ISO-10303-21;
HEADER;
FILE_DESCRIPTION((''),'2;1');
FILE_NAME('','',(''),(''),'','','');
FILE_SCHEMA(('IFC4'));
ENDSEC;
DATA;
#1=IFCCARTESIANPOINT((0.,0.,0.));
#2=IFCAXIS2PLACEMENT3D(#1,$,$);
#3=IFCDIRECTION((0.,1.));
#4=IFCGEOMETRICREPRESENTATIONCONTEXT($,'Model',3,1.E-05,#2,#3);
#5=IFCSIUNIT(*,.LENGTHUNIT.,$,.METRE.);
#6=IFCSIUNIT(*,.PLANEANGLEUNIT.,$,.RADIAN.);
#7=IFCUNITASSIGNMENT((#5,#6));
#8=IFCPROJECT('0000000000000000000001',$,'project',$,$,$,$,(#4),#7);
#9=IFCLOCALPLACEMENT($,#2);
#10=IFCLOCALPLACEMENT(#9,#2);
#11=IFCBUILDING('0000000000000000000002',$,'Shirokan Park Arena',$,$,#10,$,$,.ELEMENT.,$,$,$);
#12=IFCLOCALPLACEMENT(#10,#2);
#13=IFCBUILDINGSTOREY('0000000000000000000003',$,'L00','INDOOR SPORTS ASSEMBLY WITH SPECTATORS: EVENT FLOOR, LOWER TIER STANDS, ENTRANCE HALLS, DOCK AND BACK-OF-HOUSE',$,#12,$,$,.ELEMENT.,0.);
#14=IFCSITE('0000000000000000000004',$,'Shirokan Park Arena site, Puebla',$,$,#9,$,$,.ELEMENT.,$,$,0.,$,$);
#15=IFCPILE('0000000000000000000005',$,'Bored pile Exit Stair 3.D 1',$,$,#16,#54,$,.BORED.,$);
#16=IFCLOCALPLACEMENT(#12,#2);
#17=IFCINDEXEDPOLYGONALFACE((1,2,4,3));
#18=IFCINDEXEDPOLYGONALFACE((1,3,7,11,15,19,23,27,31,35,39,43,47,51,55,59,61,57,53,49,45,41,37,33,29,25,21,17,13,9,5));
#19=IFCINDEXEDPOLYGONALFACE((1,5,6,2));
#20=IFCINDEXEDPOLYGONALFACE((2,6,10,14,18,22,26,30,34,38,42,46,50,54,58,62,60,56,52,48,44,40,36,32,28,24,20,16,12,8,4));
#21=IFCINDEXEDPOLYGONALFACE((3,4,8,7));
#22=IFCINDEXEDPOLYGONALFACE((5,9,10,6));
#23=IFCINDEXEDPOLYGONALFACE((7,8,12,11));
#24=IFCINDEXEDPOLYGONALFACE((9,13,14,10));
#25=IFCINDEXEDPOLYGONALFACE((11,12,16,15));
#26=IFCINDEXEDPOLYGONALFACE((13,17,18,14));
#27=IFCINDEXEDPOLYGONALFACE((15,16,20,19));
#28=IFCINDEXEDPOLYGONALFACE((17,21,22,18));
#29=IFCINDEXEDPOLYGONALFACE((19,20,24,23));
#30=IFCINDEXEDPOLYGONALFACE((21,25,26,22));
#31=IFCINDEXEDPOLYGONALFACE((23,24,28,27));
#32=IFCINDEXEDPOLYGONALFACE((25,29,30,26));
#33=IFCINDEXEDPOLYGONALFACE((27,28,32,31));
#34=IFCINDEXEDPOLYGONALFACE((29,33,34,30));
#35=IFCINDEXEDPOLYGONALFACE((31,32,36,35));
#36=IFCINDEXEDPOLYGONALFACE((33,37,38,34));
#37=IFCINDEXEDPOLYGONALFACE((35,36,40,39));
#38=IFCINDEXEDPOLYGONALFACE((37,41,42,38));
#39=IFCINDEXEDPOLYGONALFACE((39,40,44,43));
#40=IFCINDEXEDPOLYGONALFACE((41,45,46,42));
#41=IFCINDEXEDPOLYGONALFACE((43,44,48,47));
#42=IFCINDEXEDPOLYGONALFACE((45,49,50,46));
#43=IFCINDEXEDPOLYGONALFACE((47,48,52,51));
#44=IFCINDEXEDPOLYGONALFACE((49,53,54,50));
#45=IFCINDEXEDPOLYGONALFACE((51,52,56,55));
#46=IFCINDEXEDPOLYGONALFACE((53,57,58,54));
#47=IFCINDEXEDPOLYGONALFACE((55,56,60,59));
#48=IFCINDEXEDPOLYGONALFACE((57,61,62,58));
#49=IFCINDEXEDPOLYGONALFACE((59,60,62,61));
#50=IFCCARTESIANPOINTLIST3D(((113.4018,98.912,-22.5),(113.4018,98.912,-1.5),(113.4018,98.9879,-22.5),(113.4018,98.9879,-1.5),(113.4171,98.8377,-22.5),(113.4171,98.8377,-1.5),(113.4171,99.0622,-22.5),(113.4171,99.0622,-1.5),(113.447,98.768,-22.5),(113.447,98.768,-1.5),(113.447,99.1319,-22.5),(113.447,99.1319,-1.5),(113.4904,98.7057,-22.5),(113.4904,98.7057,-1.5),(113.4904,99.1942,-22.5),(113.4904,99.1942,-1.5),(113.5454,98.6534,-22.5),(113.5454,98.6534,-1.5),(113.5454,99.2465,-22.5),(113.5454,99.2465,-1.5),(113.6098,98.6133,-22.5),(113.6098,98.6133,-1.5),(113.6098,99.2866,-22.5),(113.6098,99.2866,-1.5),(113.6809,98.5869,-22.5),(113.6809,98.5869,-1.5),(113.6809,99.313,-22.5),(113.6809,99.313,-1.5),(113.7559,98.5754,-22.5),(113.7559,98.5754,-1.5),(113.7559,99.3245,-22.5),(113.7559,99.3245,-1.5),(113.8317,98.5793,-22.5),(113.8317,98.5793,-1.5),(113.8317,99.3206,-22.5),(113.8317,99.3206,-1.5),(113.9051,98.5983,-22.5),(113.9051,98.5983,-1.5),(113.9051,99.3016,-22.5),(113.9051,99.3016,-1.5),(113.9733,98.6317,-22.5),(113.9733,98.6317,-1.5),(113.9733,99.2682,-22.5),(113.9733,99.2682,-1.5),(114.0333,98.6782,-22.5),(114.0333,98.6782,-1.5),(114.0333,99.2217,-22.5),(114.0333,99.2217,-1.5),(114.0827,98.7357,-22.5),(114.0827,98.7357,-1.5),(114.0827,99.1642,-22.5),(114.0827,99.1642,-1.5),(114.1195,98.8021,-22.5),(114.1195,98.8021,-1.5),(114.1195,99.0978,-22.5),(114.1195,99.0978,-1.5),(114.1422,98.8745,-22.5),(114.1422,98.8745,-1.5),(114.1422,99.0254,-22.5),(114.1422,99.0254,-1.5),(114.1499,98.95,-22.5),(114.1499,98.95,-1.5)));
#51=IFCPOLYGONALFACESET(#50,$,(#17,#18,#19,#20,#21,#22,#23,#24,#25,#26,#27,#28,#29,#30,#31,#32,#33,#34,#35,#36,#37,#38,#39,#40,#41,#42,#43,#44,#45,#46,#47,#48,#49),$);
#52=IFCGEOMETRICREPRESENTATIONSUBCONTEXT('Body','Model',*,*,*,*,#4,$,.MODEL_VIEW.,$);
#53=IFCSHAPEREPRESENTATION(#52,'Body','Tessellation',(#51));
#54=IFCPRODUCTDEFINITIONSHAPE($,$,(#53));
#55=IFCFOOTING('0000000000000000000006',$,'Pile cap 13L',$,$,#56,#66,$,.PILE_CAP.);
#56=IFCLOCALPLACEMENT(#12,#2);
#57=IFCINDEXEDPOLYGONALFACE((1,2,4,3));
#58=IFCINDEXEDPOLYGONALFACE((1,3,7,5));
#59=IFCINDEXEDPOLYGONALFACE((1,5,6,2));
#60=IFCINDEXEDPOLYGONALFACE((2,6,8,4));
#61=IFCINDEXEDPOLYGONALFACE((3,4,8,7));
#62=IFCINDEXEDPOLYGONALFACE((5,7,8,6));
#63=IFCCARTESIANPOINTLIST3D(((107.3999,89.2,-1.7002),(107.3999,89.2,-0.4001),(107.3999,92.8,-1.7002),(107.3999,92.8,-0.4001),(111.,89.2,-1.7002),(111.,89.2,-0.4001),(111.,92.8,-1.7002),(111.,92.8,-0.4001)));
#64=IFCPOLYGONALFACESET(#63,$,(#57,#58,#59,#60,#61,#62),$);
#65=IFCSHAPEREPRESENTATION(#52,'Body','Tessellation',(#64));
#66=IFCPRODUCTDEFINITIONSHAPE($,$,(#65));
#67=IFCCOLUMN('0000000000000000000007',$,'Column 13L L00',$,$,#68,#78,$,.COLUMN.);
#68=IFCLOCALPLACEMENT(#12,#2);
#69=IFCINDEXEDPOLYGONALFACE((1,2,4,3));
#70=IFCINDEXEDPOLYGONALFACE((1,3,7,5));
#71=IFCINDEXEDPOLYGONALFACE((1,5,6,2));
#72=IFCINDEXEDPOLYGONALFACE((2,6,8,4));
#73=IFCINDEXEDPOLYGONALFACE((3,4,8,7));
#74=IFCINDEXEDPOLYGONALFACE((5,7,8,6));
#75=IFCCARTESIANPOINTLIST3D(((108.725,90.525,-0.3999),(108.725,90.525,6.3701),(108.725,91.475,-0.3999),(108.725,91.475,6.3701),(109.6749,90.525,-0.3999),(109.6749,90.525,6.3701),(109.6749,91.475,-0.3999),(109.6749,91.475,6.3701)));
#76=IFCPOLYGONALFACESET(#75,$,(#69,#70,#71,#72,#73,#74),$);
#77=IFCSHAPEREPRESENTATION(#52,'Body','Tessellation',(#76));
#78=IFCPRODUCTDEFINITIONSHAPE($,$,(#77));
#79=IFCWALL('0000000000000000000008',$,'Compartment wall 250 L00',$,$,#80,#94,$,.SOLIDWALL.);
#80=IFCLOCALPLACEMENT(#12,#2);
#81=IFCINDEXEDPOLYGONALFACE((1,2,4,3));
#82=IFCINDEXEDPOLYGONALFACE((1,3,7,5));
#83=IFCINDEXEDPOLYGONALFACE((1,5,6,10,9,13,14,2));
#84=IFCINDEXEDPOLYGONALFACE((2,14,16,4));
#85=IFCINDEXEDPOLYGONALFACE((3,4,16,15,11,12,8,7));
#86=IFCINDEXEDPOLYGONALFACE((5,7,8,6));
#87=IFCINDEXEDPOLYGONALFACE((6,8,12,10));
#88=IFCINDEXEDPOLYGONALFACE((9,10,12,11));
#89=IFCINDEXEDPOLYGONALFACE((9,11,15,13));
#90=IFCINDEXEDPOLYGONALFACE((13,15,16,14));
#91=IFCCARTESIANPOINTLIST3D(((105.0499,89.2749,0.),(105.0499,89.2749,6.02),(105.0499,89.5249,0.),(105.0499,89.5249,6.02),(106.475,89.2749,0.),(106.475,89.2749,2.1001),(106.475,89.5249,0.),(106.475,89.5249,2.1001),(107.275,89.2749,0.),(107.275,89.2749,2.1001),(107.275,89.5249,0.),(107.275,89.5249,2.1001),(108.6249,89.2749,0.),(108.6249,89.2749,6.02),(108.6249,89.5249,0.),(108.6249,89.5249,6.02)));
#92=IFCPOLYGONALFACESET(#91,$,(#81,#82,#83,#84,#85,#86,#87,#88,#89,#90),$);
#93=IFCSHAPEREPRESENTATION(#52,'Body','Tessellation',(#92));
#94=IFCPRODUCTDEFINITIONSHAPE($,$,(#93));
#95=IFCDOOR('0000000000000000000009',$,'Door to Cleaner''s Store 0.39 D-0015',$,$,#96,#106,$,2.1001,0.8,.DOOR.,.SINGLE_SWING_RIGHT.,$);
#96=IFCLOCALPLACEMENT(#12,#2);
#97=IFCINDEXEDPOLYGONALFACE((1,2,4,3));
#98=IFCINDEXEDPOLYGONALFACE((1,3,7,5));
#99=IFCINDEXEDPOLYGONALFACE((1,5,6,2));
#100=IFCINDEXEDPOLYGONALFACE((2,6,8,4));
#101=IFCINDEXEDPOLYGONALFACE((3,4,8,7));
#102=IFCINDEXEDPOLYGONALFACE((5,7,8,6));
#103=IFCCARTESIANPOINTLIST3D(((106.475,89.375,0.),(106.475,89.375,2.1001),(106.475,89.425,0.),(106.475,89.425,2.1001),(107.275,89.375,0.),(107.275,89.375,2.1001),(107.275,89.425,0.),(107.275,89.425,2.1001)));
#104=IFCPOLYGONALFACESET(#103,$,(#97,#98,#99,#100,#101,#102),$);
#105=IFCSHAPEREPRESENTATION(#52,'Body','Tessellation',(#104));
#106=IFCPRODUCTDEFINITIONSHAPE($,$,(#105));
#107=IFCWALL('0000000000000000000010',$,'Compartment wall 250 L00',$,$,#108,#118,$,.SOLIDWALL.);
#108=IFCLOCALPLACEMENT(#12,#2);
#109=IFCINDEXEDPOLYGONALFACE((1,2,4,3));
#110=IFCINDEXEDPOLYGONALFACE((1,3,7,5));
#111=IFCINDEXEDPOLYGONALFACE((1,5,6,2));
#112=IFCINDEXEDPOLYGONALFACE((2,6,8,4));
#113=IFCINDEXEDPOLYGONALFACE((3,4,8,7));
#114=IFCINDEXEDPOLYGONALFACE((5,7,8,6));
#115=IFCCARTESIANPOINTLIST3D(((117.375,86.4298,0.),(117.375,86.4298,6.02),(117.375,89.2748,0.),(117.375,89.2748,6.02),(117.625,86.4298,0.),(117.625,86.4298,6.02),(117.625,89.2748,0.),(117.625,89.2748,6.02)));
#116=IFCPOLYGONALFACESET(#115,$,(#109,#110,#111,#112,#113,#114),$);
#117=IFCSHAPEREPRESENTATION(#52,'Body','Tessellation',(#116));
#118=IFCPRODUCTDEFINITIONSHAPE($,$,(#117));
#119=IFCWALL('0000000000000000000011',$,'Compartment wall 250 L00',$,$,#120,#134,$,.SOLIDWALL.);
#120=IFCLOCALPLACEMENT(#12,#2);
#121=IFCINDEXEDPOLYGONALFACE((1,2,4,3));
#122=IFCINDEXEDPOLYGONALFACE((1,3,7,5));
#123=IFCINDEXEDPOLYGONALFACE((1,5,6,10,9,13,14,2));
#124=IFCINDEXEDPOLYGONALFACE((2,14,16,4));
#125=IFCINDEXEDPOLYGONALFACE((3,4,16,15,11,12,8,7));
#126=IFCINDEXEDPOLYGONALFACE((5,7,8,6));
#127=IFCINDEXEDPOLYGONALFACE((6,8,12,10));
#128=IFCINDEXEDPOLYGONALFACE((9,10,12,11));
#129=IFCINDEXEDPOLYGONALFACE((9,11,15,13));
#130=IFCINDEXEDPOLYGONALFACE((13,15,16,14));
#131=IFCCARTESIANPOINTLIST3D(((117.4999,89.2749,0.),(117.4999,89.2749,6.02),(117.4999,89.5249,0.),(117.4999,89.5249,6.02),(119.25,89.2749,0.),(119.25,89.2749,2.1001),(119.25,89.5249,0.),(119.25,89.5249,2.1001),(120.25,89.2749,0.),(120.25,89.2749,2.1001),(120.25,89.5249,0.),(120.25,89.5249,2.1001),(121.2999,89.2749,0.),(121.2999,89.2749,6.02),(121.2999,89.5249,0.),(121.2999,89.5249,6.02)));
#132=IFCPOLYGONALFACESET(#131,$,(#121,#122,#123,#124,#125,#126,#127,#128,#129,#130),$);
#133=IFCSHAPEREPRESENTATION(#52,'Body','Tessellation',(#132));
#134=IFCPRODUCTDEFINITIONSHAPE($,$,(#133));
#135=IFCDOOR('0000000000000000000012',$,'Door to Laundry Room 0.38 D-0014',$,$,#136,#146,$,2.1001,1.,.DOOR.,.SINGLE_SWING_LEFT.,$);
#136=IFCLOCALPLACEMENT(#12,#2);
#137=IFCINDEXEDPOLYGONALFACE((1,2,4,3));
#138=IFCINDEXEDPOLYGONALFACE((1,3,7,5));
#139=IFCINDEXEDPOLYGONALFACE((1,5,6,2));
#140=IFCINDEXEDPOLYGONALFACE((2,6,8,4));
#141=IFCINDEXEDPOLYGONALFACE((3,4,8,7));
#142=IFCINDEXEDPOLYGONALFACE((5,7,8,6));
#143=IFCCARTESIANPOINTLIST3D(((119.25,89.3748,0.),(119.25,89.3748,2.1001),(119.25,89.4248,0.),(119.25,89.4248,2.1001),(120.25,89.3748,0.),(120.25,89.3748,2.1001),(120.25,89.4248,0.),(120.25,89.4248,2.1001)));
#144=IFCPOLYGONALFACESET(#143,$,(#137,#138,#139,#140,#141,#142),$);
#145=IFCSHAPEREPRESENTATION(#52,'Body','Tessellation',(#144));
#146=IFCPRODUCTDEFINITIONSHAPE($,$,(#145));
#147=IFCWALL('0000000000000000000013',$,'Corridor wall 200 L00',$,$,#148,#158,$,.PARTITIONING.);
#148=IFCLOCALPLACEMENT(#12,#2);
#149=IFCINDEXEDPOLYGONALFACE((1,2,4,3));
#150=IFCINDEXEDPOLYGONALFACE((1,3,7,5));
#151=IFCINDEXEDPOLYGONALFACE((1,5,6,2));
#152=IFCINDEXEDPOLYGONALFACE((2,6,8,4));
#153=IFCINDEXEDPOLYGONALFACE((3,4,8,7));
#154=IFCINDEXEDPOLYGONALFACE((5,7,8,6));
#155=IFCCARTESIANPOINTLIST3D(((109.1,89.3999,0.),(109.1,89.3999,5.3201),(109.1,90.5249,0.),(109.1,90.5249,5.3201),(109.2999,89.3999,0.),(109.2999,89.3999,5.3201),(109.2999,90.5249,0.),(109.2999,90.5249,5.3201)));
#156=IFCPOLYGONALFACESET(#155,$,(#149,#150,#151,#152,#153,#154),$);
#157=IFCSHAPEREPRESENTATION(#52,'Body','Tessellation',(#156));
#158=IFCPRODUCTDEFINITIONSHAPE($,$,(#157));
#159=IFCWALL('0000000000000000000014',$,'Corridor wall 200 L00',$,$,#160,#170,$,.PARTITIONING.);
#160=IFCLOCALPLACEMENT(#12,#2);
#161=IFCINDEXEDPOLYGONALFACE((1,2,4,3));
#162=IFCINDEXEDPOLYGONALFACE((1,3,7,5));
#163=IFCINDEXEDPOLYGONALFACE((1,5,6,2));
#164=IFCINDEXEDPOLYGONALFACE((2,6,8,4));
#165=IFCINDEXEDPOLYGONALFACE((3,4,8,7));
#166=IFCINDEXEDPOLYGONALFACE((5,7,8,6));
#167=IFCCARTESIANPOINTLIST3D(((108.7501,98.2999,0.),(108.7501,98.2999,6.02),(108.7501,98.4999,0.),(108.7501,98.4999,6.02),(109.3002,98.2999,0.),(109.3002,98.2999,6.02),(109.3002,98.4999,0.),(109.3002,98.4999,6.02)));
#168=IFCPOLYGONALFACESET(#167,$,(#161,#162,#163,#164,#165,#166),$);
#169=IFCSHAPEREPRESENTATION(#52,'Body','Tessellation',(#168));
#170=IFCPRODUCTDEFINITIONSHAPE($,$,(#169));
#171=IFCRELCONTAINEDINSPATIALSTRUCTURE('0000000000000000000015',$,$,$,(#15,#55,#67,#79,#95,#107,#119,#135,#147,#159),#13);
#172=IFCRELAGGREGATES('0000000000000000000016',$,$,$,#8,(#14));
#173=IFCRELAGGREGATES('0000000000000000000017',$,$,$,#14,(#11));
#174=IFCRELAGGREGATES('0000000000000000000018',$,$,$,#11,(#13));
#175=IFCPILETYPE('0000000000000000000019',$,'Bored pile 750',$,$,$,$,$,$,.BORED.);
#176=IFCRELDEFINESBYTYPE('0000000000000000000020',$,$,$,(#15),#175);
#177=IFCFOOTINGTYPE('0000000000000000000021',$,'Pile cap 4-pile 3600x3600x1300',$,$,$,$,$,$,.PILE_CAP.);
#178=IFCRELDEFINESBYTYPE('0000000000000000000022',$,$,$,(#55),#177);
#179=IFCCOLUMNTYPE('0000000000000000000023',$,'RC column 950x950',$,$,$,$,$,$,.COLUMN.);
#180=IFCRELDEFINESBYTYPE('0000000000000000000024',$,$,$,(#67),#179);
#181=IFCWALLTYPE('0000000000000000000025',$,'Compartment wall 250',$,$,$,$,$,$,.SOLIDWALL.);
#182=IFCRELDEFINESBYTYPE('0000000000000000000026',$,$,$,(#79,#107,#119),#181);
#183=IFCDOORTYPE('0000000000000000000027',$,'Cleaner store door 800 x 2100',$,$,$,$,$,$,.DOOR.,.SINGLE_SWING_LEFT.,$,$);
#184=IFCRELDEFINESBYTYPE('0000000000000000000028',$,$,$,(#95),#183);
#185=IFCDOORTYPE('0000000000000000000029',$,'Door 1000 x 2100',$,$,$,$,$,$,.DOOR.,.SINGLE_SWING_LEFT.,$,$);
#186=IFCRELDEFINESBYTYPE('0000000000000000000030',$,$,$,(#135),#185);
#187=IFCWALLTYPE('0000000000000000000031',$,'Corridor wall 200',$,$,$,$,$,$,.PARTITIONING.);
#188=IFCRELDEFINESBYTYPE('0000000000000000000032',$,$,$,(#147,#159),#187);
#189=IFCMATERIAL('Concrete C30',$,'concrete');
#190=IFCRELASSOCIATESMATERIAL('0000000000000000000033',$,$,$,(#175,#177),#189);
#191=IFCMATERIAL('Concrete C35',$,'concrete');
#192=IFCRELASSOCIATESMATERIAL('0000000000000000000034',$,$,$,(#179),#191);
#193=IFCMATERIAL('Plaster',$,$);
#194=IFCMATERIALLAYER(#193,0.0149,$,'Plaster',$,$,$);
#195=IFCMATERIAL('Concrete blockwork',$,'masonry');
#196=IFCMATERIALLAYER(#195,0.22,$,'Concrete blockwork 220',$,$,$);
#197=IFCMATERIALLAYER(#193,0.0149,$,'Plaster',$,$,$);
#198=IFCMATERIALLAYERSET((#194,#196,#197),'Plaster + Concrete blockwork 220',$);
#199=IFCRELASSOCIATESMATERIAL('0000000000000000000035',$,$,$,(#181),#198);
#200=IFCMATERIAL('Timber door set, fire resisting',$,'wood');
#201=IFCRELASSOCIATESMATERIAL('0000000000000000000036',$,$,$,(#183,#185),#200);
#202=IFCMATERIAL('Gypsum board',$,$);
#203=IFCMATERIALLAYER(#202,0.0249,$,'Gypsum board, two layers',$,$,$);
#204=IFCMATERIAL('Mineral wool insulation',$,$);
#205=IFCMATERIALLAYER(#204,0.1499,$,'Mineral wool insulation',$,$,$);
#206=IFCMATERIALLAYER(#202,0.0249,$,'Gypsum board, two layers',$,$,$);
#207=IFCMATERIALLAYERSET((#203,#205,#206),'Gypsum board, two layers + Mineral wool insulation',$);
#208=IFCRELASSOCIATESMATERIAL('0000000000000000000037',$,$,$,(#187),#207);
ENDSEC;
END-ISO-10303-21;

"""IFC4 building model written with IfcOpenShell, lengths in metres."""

from ifc_helpers import new_model, si_unit, direction, frame, frame_2d, origin, origin_2d, place, context, subcontext, project, spatial, rectangle, circle, extrude, material, layer, layer_set, material_profile, profile_set, type_object, element, fill, save


model = new_model("IFC4")

# Units and contexts
model_context = context("Model", 3, precision=1e-05, world=origin(), true_north=direction((0.0, 1.0)))
body_context = subcontext(model_context, "Body", "Model", "MODEL_VIEW")
ifc_project = project(units=[si_unit("LENGTHUNIT", "METRE"), si_unit("PLANEANGLEUNIT", "RADIAN")], contexts=[model_context])

# Site, building, storey
site_placement = place(None, origin())
site = spatial("IfcSite", under=ifc_project, at=site_placement, Name="Shirokan Park Arena site, Puebla", CompositionType="ELEMENT", RefElevation=0.0)
building_placement = place(site_placement, origin())
building = spatial("IfcBuilding", under=site, at=building_placement, Name="Shirokan Park Arena", CompositionType="ELEMENT")
storey_placement = place(building_placement, origin())
storey = spatial("IfcBuildingStorey", under=building, at=storey_placement, Name="L00", Description="INDOOR SPORTS ASSEMBLY WITH SPECTATORS: EVENT FLOOR, LOWER TIER STANDS, ENTRANCE HALLS, DOCK AND BACK-OF-HOUSE", CompositionType="ELEMENT", Elevation=0.0)

# Pile
ifc_material_1 = material(Name="Concrete C30", Category="concrete")
ifc_material_profile_1 = material_profile(ifc_material_1, circle(Radius=0.375, at=origin_2d()), Name="D750")
ifc_profile_set_1 = profile_set([ifc_material_profile_1], Name="Concrete C30")
pile_type_1 = type_object("IfcPileType", Name="Bored pile 750", PredefinedType="BORED", material=ifc_profile_set_1)
for number, where, z_axis, x_axis, name in (
    (1, (113.7749, 98.95, -1.5), (0.0, 0.0, -1.0), (1.0, 0.0, 0.0), "Bored pile Exit Stair 3.D 1"),
):
    element("IfcPile", number, at=place(storey_placement, frame(where, z_axis=z_axis, x_axis=x_axis)), inside=storey, type_object=pile_type_1, Name=name, PredefinedType="BORED", context=body_context, shape_type="SweptSolid", body=[
        extrude(circle(Radius=0.375, at=origin_2d()), origin(), (0.0, 0.0, 1.0), 21.0),
    ])

# Footing
footing_type = type_object("IfcFootingType", Name="Pile cap 4-pile 3600x3600x1300", PredefinedType="PILE_CAP", material=ifc_material_1)
footing_placement = place(storey_placement, frame((109.2, 91.0, -1.7002), z_axis=(0.0, 0.0, 1.0), x_axis=(1.0, 0.0, 0.0)))
element("IfcFooting", 2, at=footing_placement, inside=storey, type_object=footing_type, Name="Pile cap 13L", PredefinedType="PILE_CAP", context=body_context, shape_type="SweptSolid", body=[
    extrude(rectangle(XDim=3.6001, YDim=3.6001, at=origin_2d()), origin(), (0.0, 0.0, 1.0), 1.3),
])

# Column
ifc_material_2 = material(Name="Concrete C35", Category="concrete")
ifc_material_profile_2 = material_profile(ifc_material_2, rectangle(XDim=0.95, YDim=0.95, at=origin_2d()), Name="950x950")
ifc_profile_set_2 = profile_set([ifc_material_profile_2], Name="Concrete C35")
column_type = type_object("IfcColumnType", Name="RC column 950x950", PredefinedType="COLUMN", material=ifc_profile_set_2)
column_placement = place(storey_placement, frame((109.2, 91.0, -0.3999), z_axis=(0.0, 0.0, 1.0), x_axis=(1.0, 0.0, 0.0)))
element("IfcColumn", 3, at=column_placement, inside=storey, type_object=column_type, Name="Column 13L L00", PredefinedType="COLUMN", context=body_context, shape_type="SweptSolid", body=[
    extrude(rectangle(XDim=0.95, YDim=0.95, at=origin_2d()), origin(), (0.0, 0.0, 1.0), 6.77),
])

# Wall, opening, door
ifc_material_3 = material(Name="Plaster")
ifc_layer_1 = layer(ifc_material_3, 0.0149, Name="Plaster")
ifc_material_4 = material(Name="Concrete blockwork", Category="masonry")
ifc_layer_2 = layer(ifc_material_4, 0.22, Name="Concrete blockwork 220")
ifc_layer_3 = layer(ifc_material_3, 0.0149, Name="Plaster")
ifc_layer_set_1 = layer_set([ifc_layer_1, ifc_layer_2, ifc_layer_3], Name="Plaster + Concrete blockwork 220")
wall_type_1 = type_object("IfcWallType", Name="Compartment wall 250", PredefinedType="SOLIDWALL", material=ifc_layer_set_1)
wall_1_placement = place(storey_placement, frame((108.625, 89.3999, 0.0), z_axis=(0.0, 0.0, 1.0), x_axis=(-1.0, 0.0, 0.0)))
wall_1 = element("IfcWall", 4, at=wall_1_placement, inside=storey, type_object=wall_type_1, Name="Compartment wall 250 L00", PredefinedType="SOLIDWALL", context=body_context, shape_type="SweptSolid", body=[
    extrude(rectangle(XDim=3.575, YDim=0.25, at=frame_2d((1.7876, 0.0))), origin(), (0.0, 0.0, 1.0), 6.02),
])
opening_1_placement = place(wall_1_placement, frame((1.3501, 0.0, 0.0)))
opening_1 = element("IfcOpeningElement", 5, at=opening_1_placement, cuts=wall_1, PredefinedType="OPENING", context=body_context, shape_type="SweptSolid", body=[
    extrude(rectangle(XDim=0.8, YDim=2.1001, at=frame_2d((0.3999, 1.05))), frame((0.0, 0.135, 0.0), z_axis=(0.0, -1.0, 0.0), x_axis=(1.0, 0.0, 0.0)), (0.0, 0.0, 1.0), 0.27),
])
ifc_material_5 = material(Name="Timber door set, fire resisting", Category="wood")
door_type_1 = type_object("IfcDoorType", Name="Cleaner store door 800 x 2100", OperationType="SINGLE_SWING_LEFT", PredefinedType="DOOR", material=ifc_material_5)
door_1_placement = place(opening_1_placement, origin())
door_1 = element("IfcDoor", 6, at=door_1_placement, inside=storey, type_object=door_type_1, Name="Door to Cleaner's Store 0.39 D-0015", OperationType="SINGLE_SWING_RIGHT", OverallHeight=2.1001, OverallWidth=0.8, PredefinedType="DOOR", context=body_context, shape_type="SweptSolid", body=[
    extrude(rectangle(XDim=0.8, YDim=2.1001, at=frame_2d((0.3999, 1.05))), frame((0.0, 0.0249, 0.0), z_axis=(0.0, -1.0, 0.0), x_axis=(1.0, 0.0, 0.0)), (0.0, 0.0, 1.0), 0.05),
])
fill(opening_1, door_1)

# Wall
wall_2_placement = place(storey_placement, frame((117.5, 86.4299, 0.0), z_axis=(0.0, 0.0, 1.0), x_axis=(0.0, 1.0, 0.0)))
element("IfcWall", 7, at=wall_2_placement, inside=storey, type_object=wall_type_1, Name="Compartment wall 250 L00", PredefinedType="SOLIDWALL", context=body_context, shape_type="SweptSolid", body=[
    extrude(rectangle(XDim=2.845, YDim=0.25, at=frame_2d((1.4224, 0.0))), origin(), (0.0, 0.0, 1.0), 6.02),
])

# Wall, opening, door
wall_3_placement = place(storey_placement, frame((117.5, 89.3999, 0.0), z_axis=(0.0, 0.0, 1.0), x_axis=(1.0, 0.0, 0.0)))
wall_3 = element("IfcWall", 8, at=wall_3_placement, inside=storey, type_object=wall_type_1, Name="Compartment wall 250 L00", PredefinedType="SOLIDWALL", context=body_context, shape_type="SweptSolid", body=[
    extrude(rectangle(XDim=3.8, YDim=0.25, at=frame_2d((1.8999, 0.0))), origin(), (0.0, 0.0, 1.0), 6.02),
])
opening_2_placement = place(wall_3_placement, frame((1.75, 0.0, 0.0)))
opening_2 = element("IfcOpeningElement", 9, at=opening_2_placement, cuts=wall_3, PredefinedType="OPENING", context=body_context, shape_type="SweptSolid", body=[
    extrude(rectangle(XDim=1.0, YDim=2.1001, at=frame_2d((0.5, 1.05))), frame((0.0, 0.135, 0.0), z_axis=(0.0, -1.0, 0.0), x_axis=(1.0, 0.0, 0.0)), (0.0, 0.0, 1.0), 0.27),
])
door_type_2 = type_object("IfcDoorType", Name="Door 1000 x 2100", OperationType="SINGLE_SWING_LEFT", PredefinedType="DOOR", material=ifc_material_5)
door_2_placement = place(opening_2_placement, origin())
door_2 = element("IfcDoor", 10, at=door_2_placement, inside=storey, type_object=door_type_2, Name="Door to Laundry Room 0.38 D-0014", OperationType="SINGLE_SWING_LEFT", OverallHeight=2.1001, OverallWidth=1.0, PredefinedType="DOOR", context=body_context, shape_type="SweptSolid", body=[
    extrude(rectangle(XDim=1.0, YDim=2.1001, at=frame_2d((0.5, 1.05))), frame((0.0, 0.0249, 0.0), z_axis=(0.0, -1.0, 0.0), x_axis=(1.0, 0.0, 0.0)), (0.0, 0.0, 1.0), 0.05),
])
fill(opening_2, door_2)

# Wall
ifc_material_6 = material(Name="Gypsum board")
ifc_layer_4 = layer(ifc_material_6, 0.0249, Name="Gypsum board, two layers")
ifc_material_7 = material(Name="Mineral wool insulation")
ifc_layer_5 = layer(ifc_material_7, 0.1499, Name="Mineral wool insulation")
ifc_layer_6 = layer(ifc_material_6, 0.0249, Name="Gypsum board, two layers")
ifc_layer_set_2 = layer_set([ifc_layer_4, ifc_layer_5, ifc_layer_6], Name="Gypsum board, two layers + Mineral wool insulation")
wall_type_2 = type_object("IfcWallType", Name="Corridor wall 200", PredefinedType="PARTITIONING", material=ifc_layer_set_2)
wall_4_placement = place(storey_placement, frame((109.2, 89.3999, 0.0), z_axis=(0.0, 0.0, 1.0), x_axis=(0.0, 1.0, 0.0)))
element("IfcWall", 11, at=wall_4_placement, inside=storey, type_object=wall_type_2, Name="Corridor wall 200 L00", PredefinedType="PARTITIONING", context=body_context, shape_type="SweptSolid", body=[
    extrude(rectangle(XDim=1.125, YDim=0.2, at=frame_2d((0.5625, 0.0))), origin(), (0.0, 0.0, 1.0), 5.3201),
])

# Wall
wall_5_placement = place(storey_placement, frame((109.3, 98.3999, 0.0), z_axis=(0.0, 0.0, 1.0), x_axis=(-1.0, 0.0, 0.0)))
element("IfcWall", 12, at=wall_5_placement, inside=storey, type_object=wall_type_2, Name="Corridor wall 200 L00", PredefinedType="PARTITIONING", context=body_context, shape_type="SweptSolid", body=[
    extrude(rectangle(XDim=0.55, YDim=0.2, at=frame_2d((0.2749, 0.0))), origin(), (0.0, 0.0, 1.0), 6.02),
])

save(model, "model.ifc")
